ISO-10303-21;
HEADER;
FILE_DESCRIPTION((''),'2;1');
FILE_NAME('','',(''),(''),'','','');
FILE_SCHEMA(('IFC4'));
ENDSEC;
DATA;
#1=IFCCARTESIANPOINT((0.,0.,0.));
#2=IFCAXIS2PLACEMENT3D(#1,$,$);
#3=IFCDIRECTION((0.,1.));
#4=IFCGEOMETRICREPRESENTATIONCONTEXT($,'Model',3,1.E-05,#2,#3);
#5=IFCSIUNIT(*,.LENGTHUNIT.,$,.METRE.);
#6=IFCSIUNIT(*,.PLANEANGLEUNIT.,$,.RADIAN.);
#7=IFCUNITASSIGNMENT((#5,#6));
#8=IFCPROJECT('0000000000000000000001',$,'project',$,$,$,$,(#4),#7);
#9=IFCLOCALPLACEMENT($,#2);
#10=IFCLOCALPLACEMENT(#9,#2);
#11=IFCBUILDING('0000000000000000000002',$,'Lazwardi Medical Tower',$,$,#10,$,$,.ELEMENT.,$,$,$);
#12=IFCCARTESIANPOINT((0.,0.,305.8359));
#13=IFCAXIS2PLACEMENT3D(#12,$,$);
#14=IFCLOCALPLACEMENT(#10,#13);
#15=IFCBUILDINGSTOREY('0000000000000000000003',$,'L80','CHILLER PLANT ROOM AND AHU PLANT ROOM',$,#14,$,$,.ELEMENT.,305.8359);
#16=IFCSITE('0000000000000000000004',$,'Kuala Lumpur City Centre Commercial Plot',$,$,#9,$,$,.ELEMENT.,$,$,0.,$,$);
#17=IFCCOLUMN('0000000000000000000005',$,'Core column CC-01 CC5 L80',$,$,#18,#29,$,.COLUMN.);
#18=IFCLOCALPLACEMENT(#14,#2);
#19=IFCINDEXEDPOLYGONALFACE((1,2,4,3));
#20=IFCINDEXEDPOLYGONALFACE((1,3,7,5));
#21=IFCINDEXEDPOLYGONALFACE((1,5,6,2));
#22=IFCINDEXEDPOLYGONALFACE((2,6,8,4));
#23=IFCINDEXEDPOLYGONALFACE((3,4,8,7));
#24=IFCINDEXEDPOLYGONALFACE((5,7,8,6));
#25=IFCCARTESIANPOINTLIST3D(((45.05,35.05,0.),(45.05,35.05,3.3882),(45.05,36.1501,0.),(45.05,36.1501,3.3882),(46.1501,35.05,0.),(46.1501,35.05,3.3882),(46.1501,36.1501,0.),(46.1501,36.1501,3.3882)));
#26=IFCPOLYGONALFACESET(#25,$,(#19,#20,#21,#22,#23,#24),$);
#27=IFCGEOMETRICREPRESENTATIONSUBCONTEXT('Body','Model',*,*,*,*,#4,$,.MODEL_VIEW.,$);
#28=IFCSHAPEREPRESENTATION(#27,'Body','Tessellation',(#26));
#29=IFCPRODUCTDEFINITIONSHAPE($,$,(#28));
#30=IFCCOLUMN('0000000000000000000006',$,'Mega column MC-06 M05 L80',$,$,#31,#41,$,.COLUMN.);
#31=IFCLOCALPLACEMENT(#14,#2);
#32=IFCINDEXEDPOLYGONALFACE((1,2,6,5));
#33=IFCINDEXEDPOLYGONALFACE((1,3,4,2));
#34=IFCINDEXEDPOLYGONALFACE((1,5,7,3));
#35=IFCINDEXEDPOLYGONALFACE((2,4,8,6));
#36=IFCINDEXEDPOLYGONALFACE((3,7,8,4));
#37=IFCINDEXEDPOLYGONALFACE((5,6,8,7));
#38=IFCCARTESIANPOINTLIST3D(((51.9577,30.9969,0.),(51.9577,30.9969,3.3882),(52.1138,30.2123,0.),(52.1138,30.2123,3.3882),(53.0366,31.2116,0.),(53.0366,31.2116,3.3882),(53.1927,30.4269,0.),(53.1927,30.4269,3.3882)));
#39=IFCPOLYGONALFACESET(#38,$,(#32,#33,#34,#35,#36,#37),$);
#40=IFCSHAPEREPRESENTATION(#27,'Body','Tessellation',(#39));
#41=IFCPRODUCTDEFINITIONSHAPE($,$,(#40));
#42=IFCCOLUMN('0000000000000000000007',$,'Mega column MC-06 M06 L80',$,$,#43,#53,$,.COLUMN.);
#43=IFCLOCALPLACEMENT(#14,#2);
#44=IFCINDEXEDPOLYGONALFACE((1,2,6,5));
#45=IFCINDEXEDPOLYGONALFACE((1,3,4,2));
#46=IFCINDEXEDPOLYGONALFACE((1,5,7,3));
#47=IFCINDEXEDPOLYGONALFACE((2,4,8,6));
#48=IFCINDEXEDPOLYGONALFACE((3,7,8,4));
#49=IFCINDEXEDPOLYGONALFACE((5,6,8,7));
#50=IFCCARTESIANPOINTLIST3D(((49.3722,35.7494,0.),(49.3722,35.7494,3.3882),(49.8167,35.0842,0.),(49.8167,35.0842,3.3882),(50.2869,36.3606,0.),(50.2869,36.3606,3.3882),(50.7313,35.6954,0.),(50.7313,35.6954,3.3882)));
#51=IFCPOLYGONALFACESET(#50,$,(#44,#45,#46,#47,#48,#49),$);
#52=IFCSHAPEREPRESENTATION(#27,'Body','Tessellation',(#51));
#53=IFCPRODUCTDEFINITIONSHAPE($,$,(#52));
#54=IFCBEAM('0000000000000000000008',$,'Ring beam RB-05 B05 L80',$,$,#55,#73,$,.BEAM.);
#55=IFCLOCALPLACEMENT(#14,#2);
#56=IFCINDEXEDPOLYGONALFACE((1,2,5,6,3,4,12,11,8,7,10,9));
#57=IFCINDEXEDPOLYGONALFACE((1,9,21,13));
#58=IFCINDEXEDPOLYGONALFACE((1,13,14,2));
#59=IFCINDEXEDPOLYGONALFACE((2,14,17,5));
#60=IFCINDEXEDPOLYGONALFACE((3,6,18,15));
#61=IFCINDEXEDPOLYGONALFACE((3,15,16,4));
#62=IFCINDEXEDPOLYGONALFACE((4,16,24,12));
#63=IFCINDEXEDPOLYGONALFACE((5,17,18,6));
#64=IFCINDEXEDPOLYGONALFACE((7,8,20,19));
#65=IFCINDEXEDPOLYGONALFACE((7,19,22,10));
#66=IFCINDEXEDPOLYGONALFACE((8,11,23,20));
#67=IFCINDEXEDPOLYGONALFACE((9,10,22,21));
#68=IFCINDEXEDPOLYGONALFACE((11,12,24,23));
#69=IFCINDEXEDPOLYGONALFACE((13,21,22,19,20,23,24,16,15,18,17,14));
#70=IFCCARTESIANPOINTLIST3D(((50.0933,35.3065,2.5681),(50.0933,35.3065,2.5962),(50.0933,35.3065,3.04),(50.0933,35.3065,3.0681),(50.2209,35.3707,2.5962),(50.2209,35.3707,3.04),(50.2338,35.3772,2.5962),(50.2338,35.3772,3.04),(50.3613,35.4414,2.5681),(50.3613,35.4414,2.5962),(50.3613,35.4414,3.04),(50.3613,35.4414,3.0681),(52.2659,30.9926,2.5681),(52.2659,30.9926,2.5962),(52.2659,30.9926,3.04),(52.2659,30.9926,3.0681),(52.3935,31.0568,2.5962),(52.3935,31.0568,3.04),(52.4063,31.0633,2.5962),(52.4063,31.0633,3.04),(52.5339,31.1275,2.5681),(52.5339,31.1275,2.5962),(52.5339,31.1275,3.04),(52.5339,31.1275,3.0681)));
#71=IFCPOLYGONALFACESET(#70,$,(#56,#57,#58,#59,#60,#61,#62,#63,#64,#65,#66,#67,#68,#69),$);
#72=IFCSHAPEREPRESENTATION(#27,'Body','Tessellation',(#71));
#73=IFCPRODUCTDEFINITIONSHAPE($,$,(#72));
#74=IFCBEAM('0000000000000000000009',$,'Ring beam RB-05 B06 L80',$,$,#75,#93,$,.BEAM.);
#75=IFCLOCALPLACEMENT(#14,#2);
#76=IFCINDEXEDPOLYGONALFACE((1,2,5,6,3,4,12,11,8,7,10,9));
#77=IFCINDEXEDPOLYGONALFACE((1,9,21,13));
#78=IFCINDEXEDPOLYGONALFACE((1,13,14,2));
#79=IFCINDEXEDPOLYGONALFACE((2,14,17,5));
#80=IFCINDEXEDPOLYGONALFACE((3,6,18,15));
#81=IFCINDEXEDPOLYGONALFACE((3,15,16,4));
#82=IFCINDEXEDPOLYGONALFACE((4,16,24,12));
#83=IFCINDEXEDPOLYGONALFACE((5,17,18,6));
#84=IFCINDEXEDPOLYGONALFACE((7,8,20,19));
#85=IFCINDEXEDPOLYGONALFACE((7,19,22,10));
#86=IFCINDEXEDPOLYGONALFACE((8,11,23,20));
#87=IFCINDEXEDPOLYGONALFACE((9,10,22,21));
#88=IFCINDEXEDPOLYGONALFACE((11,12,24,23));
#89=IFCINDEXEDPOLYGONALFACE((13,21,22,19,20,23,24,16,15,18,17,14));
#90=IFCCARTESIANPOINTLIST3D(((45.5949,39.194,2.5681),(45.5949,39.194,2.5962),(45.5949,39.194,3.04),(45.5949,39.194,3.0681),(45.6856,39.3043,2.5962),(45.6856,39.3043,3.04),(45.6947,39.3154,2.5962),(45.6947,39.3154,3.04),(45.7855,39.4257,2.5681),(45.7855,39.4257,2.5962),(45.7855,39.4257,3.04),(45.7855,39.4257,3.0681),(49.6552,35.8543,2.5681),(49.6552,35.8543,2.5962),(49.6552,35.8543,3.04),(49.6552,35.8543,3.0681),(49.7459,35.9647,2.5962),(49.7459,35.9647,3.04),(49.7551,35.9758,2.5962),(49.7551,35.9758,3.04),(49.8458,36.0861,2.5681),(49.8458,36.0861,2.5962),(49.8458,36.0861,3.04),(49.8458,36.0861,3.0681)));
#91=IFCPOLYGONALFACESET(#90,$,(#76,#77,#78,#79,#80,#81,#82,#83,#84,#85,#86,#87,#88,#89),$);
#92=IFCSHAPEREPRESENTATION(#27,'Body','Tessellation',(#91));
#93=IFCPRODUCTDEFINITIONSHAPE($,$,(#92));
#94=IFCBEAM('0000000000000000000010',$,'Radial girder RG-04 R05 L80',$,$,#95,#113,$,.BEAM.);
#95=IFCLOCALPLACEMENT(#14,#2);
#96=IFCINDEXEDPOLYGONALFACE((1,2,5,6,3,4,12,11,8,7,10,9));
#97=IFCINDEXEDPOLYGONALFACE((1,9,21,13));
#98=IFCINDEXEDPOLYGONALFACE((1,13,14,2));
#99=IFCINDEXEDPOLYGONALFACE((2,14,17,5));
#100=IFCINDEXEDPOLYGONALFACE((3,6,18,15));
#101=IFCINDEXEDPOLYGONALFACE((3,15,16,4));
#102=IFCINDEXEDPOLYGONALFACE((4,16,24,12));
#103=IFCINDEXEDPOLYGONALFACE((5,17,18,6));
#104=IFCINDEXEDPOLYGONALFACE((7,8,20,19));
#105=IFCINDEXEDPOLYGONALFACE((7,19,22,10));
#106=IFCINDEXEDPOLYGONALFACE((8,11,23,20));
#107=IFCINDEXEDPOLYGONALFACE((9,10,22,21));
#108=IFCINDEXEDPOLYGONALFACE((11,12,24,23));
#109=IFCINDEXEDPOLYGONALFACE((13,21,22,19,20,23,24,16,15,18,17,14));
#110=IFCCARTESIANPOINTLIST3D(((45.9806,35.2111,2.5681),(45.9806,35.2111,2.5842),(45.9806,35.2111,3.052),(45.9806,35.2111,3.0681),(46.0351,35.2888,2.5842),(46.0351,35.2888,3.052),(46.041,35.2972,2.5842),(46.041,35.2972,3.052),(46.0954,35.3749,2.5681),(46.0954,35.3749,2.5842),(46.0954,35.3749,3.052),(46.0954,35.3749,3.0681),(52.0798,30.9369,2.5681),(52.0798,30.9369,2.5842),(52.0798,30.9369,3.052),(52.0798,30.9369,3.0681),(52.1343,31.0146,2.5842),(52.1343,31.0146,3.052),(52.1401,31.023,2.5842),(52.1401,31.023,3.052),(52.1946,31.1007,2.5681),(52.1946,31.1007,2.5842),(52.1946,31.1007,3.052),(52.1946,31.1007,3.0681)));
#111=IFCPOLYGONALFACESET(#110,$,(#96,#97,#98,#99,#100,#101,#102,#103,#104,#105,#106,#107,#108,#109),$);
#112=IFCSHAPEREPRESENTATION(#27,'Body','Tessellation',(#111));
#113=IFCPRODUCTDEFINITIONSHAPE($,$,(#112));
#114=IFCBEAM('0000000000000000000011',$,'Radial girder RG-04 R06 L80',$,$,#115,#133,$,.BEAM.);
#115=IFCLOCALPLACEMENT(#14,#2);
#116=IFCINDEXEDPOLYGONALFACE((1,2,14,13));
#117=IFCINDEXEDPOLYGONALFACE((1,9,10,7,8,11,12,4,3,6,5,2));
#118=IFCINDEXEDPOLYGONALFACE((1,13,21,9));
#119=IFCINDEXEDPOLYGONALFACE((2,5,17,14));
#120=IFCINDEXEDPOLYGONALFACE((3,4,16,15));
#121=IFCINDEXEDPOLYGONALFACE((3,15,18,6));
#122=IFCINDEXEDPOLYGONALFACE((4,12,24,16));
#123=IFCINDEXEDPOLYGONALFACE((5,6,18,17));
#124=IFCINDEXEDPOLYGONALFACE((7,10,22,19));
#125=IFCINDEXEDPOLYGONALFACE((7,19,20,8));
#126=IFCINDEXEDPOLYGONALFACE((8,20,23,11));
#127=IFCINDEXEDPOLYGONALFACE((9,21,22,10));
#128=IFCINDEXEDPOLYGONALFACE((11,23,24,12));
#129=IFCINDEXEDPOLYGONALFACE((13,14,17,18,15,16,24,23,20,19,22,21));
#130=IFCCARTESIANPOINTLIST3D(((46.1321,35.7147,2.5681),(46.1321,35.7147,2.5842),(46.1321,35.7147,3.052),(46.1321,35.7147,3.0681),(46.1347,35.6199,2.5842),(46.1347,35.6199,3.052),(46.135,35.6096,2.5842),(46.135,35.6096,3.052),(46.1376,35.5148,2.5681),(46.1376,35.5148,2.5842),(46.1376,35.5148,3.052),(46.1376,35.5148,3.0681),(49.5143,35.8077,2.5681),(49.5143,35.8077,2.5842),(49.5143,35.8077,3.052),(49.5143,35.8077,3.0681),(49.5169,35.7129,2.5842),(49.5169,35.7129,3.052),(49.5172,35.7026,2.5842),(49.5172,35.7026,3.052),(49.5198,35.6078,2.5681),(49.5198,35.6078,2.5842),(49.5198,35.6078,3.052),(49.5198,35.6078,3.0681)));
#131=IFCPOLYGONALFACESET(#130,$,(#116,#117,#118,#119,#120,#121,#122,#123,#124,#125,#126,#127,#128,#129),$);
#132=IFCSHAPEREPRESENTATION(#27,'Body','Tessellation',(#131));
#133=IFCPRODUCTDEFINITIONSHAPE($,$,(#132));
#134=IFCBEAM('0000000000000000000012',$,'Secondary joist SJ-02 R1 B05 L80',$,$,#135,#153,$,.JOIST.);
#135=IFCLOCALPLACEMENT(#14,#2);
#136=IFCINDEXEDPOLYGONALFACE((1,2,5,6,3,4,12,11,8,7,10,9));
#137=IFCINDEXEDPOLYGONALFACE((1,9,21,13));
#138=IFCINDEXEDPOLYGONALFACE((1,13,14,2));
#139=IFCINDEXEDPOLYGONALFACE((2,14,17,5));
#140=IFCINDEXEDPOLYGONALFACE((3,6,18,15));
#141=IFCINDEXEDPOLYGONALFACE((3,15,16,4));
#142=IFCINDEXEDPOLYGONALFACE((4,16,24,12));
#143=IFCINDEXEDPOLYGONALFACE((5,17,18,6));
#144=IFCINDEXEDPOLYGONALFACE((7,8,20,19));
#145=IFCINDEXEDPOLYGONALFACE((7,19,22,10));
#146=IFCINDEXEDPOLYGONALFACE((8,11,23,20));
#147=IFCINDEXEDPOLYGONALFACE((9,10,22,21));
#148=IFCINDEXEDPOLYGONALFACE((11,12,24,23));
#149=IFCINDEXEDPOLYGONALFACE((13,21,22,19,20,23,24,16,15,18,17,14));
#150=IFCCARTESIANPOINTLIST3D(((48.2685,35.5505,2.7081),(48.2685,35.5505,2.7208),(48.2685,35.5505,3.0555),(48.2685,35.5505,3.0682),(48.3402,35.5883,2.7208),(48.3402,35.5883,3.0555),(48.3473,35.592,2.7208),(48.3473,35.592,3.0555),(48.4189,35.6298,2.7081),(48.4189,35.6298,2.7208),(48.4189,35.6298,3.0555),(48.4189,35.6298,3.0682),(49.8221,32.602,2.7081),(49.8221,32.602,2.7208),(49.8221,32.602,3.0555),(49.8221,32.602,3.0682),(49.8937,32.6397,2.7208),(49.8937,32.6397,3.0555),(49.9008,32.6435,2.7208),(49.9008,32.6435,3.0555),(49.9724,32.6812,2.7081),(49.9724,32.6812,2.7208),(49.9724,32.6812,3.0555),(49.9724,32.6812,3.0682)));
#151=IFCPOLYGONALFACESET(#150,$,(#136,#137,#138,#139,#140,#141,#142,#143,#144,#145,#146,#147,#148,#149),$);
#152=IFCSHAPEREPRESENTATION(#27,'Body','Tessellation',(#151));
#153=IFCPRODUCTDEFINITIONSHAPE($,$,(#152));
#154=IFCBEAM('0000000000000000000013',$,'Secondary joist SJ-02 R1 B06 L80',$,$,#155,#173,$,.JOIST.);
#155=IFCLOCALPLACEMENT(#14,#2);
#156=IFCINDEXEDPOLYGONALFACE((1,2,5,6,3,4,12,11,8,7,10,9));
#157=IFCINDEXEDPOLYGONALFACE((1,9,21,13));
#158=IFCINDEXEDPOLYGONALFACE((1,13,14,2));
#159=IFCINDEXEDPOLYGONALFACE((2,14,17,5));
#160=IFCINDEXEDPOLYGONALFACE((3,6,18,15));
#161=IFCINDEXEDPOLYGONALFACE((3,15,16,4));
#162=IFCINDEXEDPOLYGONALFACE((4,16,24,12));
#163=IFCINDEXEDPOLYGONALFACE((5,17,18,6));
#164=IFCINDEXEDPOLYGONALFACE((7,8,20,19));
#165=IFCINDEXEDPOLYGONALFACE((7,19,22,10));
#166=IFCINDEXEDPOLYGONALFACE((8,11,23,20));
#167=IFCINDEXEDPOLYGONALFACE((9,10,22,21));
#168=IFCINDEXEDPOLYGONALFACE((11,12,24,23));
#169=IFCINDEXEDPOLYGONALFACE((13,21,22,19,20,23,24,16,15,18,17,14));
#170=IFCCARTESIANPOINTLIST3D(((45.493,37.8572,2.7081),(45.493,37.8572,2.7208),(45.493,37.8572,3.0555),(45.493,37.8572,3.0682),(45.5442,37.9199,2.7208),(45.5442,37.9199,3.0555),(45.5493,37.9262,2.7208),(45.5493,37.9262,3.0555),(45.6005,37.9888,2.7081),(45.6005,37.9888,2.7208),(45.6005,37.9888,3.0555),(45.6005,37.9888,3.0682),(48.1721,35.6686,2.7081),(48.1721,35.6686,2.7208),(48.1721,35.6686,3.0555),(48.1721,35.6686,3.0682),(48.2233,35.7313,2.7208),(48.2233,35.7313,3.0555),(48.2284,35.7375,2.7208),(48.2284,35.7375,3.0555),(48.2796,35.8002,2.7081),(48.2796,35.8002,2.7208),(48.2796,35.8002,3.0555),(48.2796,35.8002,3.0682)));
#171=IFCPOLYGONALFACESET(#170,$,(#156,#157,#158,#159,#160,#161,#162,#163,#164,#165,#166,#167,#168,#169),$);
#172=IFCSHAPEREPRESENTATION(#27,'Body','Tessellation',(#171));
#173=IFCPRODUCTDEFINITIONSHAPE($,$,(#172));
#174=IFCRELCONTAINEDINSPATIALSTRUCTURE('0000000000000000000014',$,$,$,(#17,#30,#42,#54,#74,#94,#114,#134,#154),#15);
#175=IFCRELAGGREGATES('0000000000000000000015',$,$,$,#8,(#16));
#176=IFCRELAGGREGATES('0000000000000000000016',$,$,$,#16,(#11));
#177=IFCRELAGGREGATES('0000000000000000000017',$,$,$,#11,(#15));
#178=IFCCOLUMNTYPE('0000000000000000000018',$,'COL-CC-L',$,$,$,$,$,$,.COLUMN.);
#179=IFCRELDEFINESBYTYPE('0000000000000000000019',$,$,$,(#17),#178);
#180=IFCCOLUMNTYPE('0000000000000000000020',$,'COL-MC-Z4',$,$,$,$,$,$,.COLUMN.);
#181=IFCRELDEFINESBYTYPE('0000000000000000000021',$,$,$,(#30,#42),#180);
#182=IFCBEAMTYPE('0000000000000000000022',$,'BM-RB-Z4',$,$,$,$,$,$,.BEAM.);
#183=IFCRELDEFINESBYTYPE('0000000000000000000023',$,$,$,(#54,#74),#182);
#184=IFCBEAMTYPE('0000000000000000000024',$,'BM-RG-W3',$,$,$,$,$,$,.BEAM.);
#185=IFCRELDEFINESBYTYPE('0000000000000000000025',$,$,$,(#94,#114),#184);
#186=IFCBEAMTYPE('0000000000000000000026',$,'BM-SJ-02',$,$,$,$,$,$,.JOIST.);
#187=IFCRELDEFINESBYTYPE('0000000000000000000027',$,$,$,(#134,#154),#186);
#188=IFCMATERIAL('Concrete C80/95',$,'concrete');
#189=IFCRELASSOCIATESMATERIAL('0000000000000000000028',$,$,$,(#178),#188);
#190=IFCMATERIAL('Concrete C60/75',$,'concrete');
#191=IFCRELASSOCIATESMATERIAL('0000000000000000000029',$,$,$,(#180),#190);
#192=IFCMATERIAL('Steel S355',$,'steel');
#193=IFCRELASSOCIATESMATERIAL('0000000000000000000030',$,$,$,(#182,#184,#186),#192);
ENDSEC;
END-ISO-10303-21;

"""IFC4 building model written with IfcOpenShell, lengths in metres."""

from ifc_helpers import new_model, si_unit, direction, frame, origin, origin_2d, place, context, subcontext, project, spatial, rectangle, i_section, extrude, material, material_profile, profile_set, type_object, element, save


model = new_model("IFC4")

# Units and contexts
model_context = context("Model", 3, precision=1e-05, world=origin(), true_north=direction((0.0, 1.0)))
body_context = subcontext(model_context, "Body", "Model", "MODEL_VIEW")
ifc_project = project(units=[si_unit("LENGTHUNIT", "METRE"), si_unit("PLANEANGLEUNIT", "RADIAN")], contexts=[model_context])

# Site, building, storey
site_placement = place(None, origin())
site = spatial("IfcSite", under=ifc_project, at=site_placement, Name="Kuala Lumpur City Centre Commercial Plot", CompositionType="ELEMENT", RefElevation=0.0)
building_placement = place(site_placement, origin())
building = spatial("IfcBuilding", under=site, at=building_placement, Name="Lazwardi Medical Tower", CompositionType="ELEMENT")
storey_placement = place(building_placement, frame((0.0, 0.0, 305.8359)))
storey = spatial("IfcBuildingStorey", under=building, at=storey_placement, Name="L80", Description="CHILLER PLANT ROOM AND AHU PLANT ROOM", CompositionType="ELEMENT", Elevation=305.8359)

# Columns
ifc_material_1 = material(Name="Concrete C80/95", Category="concrete")
ifc_material_profile_1 = material_profile(ifc_material_1, rectangle(XDim=1.1001, YDim=1.1001, at=origin_2d()), Name="RC 1100x1100")
ifc_profile_set_1 = profile_set([ifc_material_profile_1], Name="Concrete C80/95")
column_type_1 = type_object("IfcColumnType", Name="COL-CC-L", PredefinedType="COLUMN", material=ifc_profile_set_1)
column_placement = place(storey_placement, frame((45.6001, 35.6001, 0.0), z_axis=(0.0, 0.0, 1.0), x_axis=(1.0, 0.0, 0.0)))
element("IfcColumn", 1, at=column_placement, inside=storey, type_object=column_type_1, Name="Core column CC-01 CC5 L80", PredefinedType="COLUMN", context=body_context, shape_type="SweptSolid", body=[
    extrude(rectangle(XDim=1.1001, YDim=1.1001, at=origin_2d()), origin(), (0.0, 0.0, 1.0), 3.3882),
])
ifc_material_2 = material(Name="Concrete C60/75", Category="concrete")
ifc_material_profile_2 = material_profile(ifc_material_2, rectangle(XDim=1.1001, YDim=0.8, at=origin_2d()), Name="CFT-RECT 1100x800")
ifc_profile_set_2 = profile_set([ifc_material_profile_2], Name="Concrete C60/75")
column_type_2 = type_object("IfcColumnType", Name="COL-MC-Z4", PredefinedType="COLUMN", material=ifc_profile_set_2)
for number, where, z_axis, x_axis, name in (
    (2, (52.5752, 30.7119, 0.0), (0.0, 0.0, 1.0), (0.980785, 0.19509, 0.0), "Mega column MC-06 M05 L80"),
    (3, (50.0518, 35.7224, 0.0), (0.0, 0.0, 1.0), (0.83147, 0.55557, 0.0), "Mega column MC-06 M06 L80"),
):
    element("IfcColumn", number, at=place(storey_placement, frame(where, z_axis=z_axis, x_axis=x_axis)), inside=storey, type_object=column_type_2, Name=name, PredefinedType="COLUMN", context=body_context, shape_type="SweptSolid", body=[
        extrude(rectangle(XDim=1.1001, YDim=0.8, at=origin_2d()), origin(), (0.0, 0.0, 1.0), 3.3882),
    ])

# Beams
ifc_material_3 = material(Name="Steel S355", Category="steel")
ifc_material_profile_3 = material_profile(ifc_material_3, i_section(OverallWidth=0.3, OverallDepth=0.5, WebThickness=0.0144, FlangeThickness=0.0281, at=origin_2d()), Name="HEB 500")
ifc_profile_set_3 = profile_set([ifc_material_profile_3], Name="Steel S355")
beam_type_1 = type_object("IfcBeamType", Name="BM-RB-Z4", PredefinedType="BEAM", material=ifc_profile_set_3)
beam_1_placement = place(storey_placement, frame((52.3999, 31.0601, 2.8181), z_axis=(-0.4498, 0.893129, 0.0), x_axis=(-0.893129, -0.4498, 0.0)))
element("IfcBeam", 4, at=beam_1_placement, inside=storey, type_object=beam_type_1, Name="Ring beam RB-05 B05 L80", PredefinedType="BEAM", context=body_context, shape_type="SweptSolid", body=[
    extrude(i_section(OverallWidth=0.3, OverallDepth=0.5, WebThickness=0.0144, FlangeThickness=0.0281, at=origin_2d()), origin(), (0.0, 0.0, 1.0), 4.8301),
])
beam_2_placement = place(storey_placement, frame((49.7505, 35.9702, 2.8181), z_axis=(-0.77232, 0.635233, 0.0), x_axis=(-0.635233, -0.77232, 0.0)))
element("IfcBeam", 5, at=beam_2_placement, inside=storey, type_object=beam_type_1, Name="Ring beam RB-05 B06 L80", PredefinedType="BEAM", context=body_context, shape_type="SweptSolid", body=[
    extrude(i_section(OverallWidth=0.3, OverallDepth=0.5, WebThickness=0.0144, FlangeThickness=0.0281, at=origin_2d()), origin(), (0.0, 0.0, 1.0), 5.2573),
])
ifc_material_profile_4 = material_profile(ifc_material_3, i_section(OverallWidth=0.2, OverallDepth=0.5, WebThickness=0.0103, FlangeThickness=0.0161, at=origin_2d()), Name="IPE 500")
ifc_profile_set_4 = profile_set([ifc_material_profile_4], Name="Steel S355")
beam_type_2 = type_object("IfcBeamType", Name="BM-RG-W3", PredefinedType="BEAM", material=ifc_profile_set_4)
beam_3_placement = place(storey_placement, frame((52.1372, 31.0188, 2.8181), z_axis=(-0.81893, 0.573893, 0.0), x_axis=(-0.573893, -0.81893, 0.0)))
element("IfcBeam", 6, at=beam_3_placement, inside=storey, type_object=beam_type_2, Name="Radial girder RG-04 R05 L80", PredefinedType="BEAM", context=body_context, shape_type="SweptSolid", body=[
    extrude(i_section(OverallWidth=0.2, OverallDepth=0.5, WebThickness=0.0103, FlangeThickness=0.0161, at=origin_2d()), origin(), (0.0, 0.0, 1.0), 7.4478),
])
beam_4_placement = place(storey_placement, frame((49.5171, 35.7078, 2.8181), z_axis=(-0.999622, -0.027491, 0.0), x_axis=(0.027491, -0.999622, 0.0)))
element("IfcBeam", 7, at=beam_4_placement, inside=storey, type_object=beam_type_2, Name="Radial girder RG-04 R06 L80", PredefinedType="BEAM", context=body_context, shape_type="SweptSolid", body=[
    extrude(i_section(OverallWidth=0.2, OverallDepth=0.5, WebThickness=0.0103, FlangeThickness=0.0161, at=origin_2d()), origin(), (0.0, 0.0, 1.0), 3.3835),
])
ifc_material_profile_5 = material_profile(ifc_material_3, i_section(OverallWidth=0.1699, OverallDepth=0.3601, WebThickness=0.0081, FlangeThickness=0.0127, at=origin_2d()), Name="IPE 360")
ifc_profile_set_5 = profile_set([ifc_material_profile_5], Name="Steel S355")
beam_type_3 = type_object("IfcBeamType", Name="BM-SJ-02", PredefinedType="JOIST", material=ifc_profile_set_5)
beam_5_placement = place(storey_placement, frame((49.8972, 32.6416, 2.8882), z_axis=(-0.46613, 0.884716, 0.0), x_axis=(-0.884716, -0.46613, 0.0)))
element("IfcBeam", 8, at=beam_5_placement, inside=storey, type_object=beam_type_3, Name="Secondary joist SJ-02 R1 B05 L80", PredefinedType="JOIST", context=body_context, shape_type="SweptSolid", body=[
    extrude(i_section(OverallWidth=0.1699, OverallDepth=0.3601, WebThickness=0.0081, FlangeThickness=0.0127, at=origin_2d()), origin(), (0.0, 0.0, 1.0), 3.3328),
])
beam_6_placement = place(storey_placement, frame((48.2258, 35.7344, 2.8882), z_axis=(-0.774432, 0.632657, 0.0), x_axis=(-0.632657, -0.774432, 0.0)))
element("IfcBeam", 9, at=beam_6_placement, inside=storey, type_object=beam_type_3, Name="Secondary joist SJ-02 R1 B06 L80", PredefinedType="JOIST", context=body_context, shape_type="SweptSolid", body=[
    extrude(i_section(OverallWidth=0.1699, OverallDepth=0.3601, WebThickness=0.0081, FlangeThickness=0.0127, at=origin_2d()), origin(), (0.0, 0.0, 1.0), 3.4595),
])

save(model, "model.ifc")
